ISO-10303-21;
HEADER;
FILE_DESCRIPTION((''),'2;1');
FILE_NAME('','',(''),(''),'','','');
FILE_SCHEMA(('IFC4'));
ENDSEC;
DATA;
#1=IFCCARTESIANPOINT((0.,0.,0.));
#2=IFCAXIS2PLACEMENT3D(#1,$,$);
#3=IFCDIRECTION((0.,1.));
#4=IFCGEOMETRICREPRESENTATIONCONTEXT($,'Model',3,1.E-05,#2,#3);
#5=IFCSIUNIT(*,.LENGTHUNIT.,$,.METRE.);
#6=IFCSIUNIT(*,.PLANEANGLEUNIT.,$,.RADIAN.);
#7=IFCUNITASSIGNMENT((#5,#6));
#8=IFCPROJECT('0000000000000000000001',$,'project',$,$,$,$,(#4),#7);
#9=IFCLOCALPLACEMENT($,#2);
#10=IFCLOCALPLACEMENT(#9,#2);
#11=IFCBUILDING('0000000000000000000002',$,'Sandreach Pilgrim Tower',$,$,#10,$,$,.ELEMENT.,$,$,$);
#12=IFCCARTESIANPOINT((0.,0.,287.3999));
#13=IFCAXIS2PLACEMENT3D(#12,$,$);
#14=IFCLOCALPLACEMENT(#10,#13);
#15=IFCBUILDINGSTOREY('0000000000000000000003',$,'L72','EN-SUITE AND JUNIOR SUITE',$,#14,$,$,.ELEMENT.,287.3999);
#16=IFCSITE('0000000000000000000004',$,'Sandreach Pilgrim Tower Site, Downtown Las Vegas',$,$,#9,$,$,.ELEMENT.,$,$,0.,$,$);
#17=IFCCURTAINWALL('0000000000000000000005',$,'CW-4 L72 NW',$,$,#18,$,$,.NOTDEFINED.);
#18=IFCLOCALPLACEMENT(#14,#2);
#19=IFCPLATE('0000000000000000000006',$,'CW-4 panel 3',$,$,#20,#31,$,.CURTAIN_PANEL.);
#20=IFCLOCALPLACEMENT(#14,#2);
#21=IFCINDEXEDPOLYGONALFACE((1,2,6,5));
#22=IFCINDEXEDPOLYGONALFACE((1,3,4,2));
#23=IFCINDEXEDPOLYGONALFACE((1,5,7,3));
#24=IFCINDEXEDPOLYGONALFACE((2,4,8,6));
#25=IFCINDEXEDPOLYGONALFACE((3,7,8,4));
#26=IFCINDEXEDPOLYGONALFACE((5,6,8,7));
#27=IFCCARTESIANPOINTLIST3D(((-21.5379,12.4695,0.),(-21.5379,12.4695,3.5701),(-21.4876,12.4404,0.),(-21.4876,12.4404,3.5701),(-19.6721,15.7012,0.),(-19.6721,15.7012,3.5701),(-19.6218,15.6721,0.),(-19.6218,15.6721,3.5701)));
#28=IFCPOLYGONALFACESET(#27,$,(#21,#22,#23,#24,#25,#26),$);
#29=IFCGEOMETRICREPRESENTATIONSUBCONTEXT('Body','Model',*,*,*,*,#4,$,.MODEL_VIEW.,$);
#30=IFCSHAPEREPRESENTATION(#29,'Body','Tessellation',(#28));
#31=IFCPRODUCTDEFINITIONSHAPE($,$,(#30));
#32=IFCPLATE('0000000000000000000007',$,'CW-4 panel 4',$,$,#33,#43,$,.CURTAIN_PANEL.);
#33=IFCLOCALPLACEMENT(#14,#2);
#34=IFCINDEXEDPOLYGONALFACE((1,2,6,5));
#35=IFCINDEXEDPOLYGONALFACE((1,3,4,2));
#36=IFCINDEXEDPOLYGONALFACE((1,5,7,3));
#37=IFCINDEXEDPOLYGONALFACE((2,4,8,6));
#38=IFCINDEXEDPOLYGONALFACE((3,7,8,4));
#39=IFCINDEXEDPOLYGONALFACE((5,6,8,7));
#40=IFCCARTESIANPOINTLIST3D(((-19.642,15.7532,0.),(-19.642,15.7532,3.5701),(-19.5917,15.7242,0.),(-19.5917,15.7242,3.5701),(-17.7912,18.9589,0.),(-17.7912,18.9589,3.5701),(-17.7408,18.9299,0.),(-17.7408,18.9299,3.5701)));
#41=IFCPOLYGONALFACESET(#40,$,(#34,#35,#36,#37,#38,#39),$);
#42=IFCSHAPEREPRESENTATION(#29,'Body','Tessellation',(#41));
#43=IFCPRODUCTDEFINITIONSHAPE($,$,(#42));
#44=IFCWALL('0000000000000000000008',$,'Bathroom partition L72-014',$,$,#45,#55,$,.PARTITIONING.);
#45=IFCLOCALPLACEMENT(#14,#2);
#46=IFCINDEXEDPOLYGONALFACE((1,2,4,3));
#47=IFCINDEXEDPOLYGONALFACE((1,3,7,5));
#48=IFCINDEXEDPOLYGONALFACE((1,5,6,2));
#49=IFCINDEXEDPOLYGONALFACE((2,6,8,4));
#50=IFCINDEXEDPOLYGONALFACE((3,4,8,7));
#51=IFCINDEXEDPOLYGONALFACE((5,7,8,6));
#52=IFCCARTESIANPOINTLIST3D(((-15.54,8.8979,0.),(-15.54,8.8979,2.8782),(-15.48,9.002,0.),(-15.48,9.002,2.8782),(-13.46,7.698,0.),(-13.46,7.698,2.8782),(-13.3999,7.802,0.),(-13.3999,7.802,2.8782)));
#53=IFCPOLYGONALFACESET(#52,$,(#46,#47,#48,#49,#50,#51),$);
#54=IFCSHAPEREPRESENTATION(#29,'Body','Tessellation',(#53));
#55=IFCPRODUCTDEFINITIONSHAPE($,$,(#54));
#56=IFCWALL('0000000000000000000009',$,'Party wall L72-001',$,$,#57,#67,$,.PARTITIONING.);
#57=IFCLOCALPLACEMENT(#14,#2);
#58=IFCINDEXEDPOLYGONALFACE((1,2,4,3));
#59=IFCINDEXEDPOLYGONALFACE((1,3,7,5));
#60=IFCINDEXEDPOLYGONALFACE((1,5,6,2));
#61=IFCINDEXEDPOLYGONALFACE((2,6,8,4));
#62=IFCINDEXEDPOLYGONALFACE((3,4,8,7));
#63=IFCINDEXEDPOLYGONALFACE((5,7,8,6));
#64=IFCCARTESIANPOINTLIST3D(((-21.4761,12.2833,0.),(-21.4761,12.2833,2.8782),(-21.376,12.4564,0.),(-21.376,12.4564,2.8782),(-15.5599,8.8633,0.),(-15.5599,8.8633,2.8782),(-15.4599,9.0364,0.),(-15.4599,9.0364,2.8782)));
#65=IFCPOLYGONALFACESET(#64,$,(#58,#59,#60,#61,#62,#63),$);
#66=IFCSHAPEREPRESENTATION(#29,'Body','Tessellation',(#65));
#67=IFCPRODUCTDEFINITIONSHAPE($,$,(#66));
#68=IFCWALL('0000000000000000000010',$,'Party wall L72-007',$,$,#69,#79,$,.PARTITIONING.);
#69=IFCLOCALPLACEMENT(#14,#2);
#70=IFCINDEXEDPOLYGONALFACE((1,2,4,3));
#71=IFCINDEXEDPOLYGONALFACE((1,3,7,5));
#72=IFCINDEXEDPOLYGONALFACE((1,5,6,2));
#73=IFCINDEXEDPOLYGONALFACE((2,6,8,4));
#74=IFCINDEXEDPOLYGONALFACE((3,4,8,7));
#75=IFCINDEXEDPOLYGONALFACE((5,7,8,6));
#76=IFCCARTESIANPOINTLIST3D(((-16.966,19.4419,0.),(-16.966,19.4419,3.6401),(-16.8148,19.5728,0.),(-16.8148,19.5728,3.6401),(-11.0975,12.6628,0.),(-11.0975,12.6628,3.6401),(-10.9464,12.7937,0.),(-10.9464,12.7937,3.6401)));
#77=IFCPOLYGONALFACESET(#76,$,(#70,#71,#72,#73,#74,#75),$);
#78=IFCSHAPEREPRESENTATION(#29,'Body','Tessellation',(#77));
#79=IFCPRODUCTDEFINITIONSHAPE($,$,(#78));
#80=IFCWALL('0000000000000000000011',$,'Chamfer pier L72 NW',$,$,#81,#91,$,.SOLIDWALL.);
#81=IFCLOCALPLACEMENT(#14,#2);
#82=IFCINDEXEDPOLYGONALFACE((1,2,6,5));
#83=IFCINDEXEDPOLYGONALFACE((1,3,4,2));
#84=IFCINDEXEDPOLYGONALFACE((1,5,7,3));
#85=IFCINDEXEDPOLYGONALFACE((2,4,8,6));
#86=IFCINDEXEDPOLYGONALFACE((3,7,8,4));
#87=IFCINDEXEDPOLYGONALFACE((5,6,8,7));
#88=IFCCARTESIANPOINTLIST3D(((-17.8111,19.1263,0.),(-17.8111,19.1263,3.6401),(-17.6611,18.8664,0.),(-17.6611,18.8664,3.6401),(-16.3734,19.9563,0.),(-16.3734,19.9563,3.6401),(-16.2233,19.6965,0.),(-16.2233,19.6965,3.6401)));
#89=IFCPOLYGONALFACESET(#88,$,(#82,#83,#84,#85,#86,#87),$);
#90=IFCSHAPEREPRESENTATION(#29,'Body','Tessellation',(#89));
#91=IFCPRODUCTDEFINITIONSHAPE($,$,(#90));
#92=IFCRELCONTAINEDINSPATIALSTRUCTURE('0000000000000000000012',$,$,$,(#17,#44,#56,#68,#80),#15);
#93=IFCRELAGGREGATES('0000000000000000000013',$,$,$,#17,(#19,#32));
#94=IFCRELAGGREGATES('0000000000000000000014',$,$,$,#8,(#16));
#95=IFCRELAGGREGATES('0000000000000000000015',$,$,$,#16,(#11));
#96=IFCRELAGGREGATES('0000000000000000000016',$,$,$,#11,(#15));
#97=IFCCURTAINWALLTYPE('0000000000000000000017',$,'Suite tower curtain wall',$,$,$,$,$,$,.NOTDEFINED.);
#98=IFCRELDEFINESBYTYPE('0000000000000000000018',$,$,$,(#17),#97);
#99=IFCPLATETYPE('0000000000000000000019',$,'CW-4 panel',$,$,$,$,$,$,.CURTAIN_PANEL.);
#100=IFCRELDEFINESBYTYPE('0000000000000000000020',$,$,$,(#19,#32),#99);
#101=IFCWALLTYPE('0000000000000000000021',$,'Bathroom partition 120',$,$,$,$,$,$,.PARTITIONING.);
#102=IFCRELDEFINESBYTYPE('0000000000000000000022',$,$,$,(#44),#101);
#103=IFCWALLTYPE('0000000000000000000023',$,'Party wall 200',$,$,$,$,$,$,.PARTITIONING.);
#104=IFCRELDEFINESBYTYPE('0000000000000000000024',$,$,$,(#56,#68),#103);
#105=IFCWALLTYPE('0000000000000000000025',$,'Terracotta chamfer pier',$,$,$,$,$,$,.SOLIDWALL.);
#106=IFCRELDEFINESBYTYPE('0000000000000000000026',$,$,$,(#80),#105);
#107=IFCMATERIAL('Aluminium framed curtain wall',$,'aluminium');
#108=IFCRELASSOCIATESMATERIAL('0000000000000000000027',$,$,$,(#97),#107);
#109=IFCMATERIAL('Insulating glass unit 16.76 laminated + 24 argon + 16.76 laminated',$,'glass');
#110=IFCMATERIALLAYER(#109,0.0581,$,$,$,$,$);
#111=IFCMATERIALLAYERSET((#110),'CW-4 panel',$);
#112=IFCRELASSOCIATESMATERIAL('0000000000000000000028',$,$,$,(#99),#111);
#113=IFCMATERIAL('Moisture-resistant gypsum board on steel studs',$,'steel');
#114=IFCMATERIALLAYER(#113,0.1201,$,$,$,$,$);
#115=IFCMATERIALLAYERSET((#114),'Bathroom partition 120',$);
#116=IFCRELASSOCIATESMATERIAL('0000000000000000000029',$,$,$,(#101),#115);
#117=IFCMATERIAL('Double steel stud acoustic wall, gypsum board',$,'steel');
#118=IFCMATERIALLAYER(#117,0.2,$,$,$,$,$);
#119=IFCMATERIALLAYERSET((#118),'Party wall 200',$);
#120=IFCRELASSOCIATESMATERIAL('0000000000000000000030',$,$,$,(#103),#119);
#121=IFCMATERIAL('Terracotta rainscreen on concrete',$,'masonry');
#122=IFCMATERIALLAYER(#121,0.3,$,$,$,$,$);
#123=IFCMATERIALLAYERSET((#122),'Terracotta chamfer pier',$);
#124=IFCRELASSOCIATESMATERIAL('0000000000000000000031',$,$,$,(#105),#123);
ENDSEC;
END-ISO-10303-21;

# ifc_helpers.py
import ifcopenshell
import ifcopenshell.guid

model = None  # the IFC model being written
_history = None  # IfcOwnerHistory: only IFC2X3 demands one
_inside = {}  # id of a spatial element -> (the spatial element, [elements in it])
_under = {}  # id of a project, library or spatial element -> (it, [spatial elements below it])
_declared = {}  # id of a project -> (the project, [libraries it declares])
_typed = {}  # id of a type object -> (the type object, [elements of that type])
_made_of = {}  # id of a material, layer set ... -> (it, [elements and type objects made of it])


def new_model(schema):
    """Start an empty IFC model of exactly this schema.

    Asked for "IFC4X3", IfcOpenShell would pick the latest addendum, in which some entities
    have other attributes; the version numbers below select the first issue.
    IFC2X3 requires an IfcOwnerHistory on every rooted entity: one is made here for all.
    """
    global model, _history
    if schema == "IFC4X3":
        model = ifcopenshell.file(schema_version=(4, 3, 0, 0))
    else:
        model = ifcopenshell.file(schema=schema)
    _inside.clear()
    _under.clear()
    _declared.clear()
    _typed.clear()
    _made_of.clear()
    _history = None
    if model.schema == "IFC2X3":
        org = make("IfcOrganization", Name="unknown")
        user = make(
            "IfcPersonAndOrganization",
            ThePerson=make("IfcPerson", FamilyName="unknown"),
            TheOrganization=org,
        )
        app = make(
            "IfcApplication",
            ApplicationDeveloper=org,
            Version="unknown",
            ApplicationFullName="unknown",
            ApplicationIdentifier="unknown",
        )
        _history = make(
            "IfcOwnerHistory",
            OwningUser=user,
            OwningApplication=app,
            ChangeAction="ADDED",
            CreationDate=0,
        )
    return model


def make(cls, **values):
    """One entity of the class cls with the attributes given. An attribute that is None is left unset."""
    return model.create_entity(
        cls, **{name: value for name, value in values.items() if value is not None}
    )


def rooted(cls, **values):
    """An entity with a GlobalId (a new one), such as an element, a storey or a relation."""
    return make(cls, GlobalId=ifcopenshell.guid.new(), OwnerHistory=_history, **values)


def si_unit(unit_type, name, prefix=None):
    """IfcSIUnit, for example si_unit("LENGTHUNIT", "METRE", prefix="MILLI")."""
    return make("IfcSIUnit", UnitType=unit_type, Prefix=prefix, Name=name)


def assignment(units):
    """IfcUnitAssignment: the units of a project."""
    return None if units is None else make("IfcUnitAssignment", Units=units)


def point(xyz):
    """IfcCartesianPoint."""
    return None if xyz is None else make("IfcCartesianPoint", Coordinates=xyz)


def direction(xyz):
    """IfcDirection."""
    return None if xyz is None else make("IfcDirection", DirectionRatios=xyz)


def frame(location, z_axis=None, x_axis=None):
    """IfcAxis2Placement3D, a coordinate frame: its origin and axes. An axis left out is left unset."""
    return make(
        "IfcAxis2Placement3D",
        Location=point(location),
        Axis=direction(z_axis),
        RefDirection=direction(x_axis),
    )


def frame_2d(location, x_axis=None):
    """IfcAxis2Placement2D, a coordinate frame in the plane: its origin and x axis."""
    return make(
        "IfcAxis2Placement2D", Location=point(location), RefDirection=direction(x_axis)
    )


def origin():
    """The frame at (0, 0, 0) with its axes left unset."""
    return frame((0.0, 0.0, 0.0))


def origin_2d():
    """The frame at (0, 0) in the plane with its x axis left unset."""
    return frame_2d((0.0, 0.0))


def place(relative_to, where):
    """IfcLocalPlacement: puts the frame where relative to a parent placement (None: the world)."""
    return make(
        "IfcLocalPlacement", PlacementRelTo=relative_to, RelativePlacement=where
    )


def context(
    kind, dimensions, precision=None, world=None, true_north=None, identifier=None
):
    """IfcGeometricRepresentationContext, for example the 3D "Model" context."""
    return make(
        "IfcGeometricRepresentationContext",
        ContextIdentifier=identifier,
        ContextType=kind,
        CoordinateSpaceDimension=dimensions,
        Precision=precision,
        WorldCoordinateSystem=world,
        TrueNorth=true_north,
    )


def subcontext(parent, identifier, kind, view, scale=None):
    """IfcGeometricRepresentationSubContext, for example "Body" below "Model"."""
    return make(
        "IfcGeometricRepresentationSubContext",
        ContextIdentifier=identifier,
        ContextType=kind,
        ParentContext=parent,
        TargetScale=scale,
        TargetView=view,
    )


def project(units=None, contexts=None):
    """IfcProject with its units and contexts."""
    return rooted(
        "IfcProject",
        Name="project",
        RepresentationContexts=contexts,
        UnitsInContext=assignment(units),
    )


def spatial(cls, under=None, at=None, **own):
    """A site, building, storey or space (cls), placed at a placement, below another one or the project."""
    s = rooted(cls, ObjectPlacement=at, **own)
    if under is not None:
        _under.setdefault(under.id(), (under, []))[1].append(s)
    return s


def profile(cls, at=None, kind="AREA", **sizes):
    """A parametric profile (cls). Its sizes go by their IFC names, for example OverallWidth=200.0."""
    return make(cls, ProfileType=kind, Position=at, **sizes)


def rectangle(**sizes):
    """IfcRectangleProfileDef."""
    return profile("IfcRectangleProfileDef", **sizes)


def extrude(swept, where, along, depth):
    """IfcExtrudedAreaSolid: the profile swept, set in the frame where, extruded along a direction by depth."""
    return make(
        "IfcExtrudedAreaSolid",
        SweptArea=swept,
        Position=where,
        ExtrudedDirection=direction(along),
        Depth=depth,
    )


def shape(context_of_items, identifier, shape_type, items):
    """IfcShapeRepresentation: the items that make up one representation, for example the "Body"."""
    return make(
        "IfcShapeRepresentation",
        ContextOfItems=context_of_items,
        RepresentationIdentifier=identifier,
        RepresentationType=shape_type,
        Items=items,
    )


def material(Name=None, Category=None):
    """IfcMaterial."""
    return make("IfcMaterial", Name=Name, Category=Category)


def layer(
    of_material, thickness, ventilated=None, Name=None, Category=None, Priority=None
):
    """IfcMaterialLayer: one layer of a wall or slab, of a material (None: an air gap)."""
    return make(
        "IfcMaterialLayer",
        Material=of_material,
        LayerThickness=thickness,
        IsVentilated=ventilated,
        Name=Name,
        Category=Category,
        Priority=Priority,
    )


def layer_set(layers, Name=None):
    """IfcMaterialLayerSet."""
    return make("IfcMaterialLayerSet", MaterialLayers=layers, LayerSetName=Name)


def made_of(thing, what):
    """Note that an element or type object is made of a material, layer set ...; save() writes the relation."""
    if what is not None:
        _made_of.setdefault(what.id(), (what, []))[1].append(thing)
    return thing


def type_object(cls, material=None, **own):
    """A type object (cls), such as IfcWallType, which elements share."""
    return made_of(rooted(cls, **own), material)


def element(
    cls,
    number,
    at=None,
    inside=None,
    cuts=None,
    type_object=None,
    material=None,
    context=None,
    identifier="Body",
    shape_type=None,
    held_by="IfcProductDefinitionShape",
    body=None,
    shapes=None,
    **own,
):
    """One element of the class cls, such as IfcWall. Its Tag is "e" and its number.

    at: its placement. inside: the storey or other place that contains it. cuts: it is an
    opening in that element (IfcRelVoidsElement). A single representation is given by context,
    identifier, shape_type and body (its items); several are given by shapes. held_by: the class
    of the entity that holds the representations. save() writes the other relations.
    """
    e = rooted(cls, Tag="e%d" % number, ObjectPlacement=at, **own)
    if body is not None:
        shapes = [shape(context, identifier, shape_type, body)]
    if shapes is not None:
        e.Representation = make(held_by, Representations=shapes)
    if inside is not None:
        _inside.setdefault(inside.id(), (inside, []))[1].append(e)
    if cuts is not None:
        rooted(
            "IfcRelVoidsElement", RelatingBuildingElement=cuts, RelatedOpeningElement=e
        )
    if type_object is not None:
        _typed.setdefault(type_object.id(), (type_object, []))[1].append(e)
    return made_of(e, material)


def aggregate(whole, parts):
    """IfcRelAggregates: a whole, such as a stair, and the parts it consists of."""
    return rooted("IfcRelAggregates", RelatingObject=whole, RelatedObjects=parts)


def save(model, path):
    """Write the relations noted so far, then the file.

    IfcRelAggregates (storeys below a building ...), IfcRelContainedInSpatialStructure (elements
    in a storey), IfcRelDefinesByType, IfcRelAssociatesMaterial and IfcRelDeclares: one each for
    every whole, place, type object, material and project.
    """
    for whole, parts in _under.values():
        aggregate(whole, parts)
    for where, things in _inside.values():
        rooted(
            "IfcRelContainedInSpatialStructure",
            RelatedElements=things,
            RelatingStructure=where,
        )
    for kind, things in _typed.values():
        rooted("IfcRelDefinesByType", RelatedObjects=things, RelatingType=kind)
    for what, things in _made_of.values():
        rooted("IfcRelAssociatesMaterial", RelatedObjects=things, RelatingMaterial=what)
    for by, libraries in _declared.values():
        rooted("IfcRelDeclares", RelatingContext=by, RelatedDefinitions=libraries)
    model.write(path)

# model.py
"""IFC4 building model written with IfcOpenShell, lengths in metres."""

from ifc_helpers import new_model, si_unit, direction, frame, frame_2d, origin, origin_2d, place, context, subcontext, project, spatial, rectangle, extrude, material, layer, layer_set, type_object, element, aggregate, save


model = new_model("IFC4")

# Units and contexts
model_context = context("Model", 3, precision=1e-05, world=origin(), true_north=direction((0.0, 1.0)))
body_context = subcontext(model_context, "Body", "Model", "MODEL_VIEW")
ifc_project = project(units=[si_unit("LENGTHUNIT", "METRE"), si_unit("PLANEANGLEUNIT", "RADIAN")], contexts=[model_context])

# Site, building, storey
site_placement = place(None, origin())
site = spatial("IfcSite", under=ifc_project, at=site_placement, Name="Sandreach Pilgrim Tower Site, Downtown Las Vegas", CompositionType="ELEMENT", RefElevation=0.0)
building_placement = place(site_placement, origin())
building = spatial("IfcBuilding", under=site, at=building_placement, Name="Sandreach Pilgrim Tower", CompositionType="ELEMENT")
storey_placement = place(building_placement, frame((0.0, 0.0, 287.3999)))
storey = spatial("IfcBuildingStorey", under=building, at=storey_placement, Name="L72", Description="EN-SUITE AND JUNIOR SUITE", CompositionType="ELEMENT", Elevation=287.3999)

# Shared definitions
ifc_material_1 = material(Name="Aluminium framed curtain wall", Category="aluminium")
curtain_wall_type = type_object("IfcCurtainWallType", Name="Suite tower curtain wall", PredefinedType="NOTDEFINED", material=ifc_material_1)

# Curtain wall
curtain_wall_1_placement = place(storey_placement, origin())
curtain_wall_1 = element("IfcCurtainWall", 1, at=curtain_wall_1_placement, inside=storey, type_object=curtain_wall_type, Name="CW-4 L72 NW", PredefinedType="NOTDEFINED")

# Plates
ifc_material_2 = material(Name="Insulating glass unit 16.76 laminated + 24 argon + 16.76 laminated", Category="glass")
ifc_layer_1 = layer(ifc_material_2, 0.0581)
ifc_layer_set_1 = layer_set([ifc_layer_1], Name="CW-4 panel")
plate_type = type_object("IfcPlateType", Name="CW-4 panel", PredefinedType="CURTAIN_PANEL", material=ifc_layer_set_1)
plate_1_placement = place(storey_placement, frame((-20.5798, 14.0708, 0.0), z_axis=(0.0, 0.0, 1.0), x_axis=(0.5, 0.866025, 0.0)))
plate_1 = element("IfcPlate", 2, at=plate_1_placement, type_object=plate_type, Name="CW-4 panel 3", PredefinedType="CURTAIN_PANEL", context=body_context, shape_type="SweptSolid", body=[
    extrude(rectangle(XDim=3.7317, YDim=0.0581, at=origin_2d()), origin(), (0.0, 0.0, 1.0), 3.5701),
])
plate_2_placement = place(storey_placement, frame((-18.6914, 17.3416, 0.0), z_axis=(0.0, 0.0, 1.0), x_axis=(0.5, 0.866025, 0.0)))
plate_2 = element("IfcPlate", 3, at=plate_2_placement, type_object=plate_type, Name="CW-4 panel 4", PredefinedType="CURTAIN_PANEL", context=body_context, shape_type="SweptSolid", body=[
    extrude(rectangle(XDim=3.7017, YDim=0.0581, at=origin_2d()), origin(), (0.0, 0.0, 1.0), 3.5701),
])
aggregate(curtain_wall_1, [plate_1, plate_2])

# Walls
ifc_material_3 = material(Name="Moisture-resistant gypsum board on steel studs", Category="steel")
ifc_layer_2 = layer(ifc_material_3, 0.1201)
ifc_layer_set_2 = layer_set([ifc_layer_2], Name="Bathroom partition 120")
wall_type_1 = type_object("IfcWallType", Name="Bathroom partition 120", PredefinedType="PARTITIONING", material=ifc_layer_set_2)
wall_1_placement = place(storey_placement, frame((-15.51, 8.95, 0.0), z_axis=(0.0, 0.0, 1.0), x_axis=(0.866203, -0.499693, 0.0)))
element("IfcWall", 4, at=wall_1_placement, inside=storey, type_object=wall_type_1, Name="Bathroom partition L72-014", PredefinedType="PARTITIONING", context=body_context, shape_type="SweptSolid", body=[
    extrude(rectangle(XDim=2.4014, YDim=0.1201, at=frame_2d((1.2007, 0.0))), origin(), (0.0, 0.0, 1.0), 2.8782),
])
ifc_material_4 = material(Name="Double steel stud acoustic wall, gypsum board", Category="steel")
ifc_layer_3 = layer(ifc_material_4, 0.2)
ifc_layer_set_3 = layer_set([ifc_layer_3], Name="Party wall 200")
wall_type_2 = type_object("IfcWallType", Name="Party wall 200", PredefinedType="PARTITIONING", material=ifc_layer_set_3)
wall_2_placement = place(storey_placement, frame((-21.426, 12.3699, 0.0), z_axis=(0.0, 0.0, 1.0), x_axis=(0.865752, -0.500473, 0.0)))
element("IfcWall", 5, at=wall_2_placement, inside=storey, type_object=wall_type_2, Name="Party wall L72-001", PredefinedType="PARTITIONING", context=body_context, shape_type="SweptSolid", body=[
    extrude(rectangle(XDim=6.8335, YDim=0.2, at=frame_2d((3.4167, 0.0))), origin(), (0.0, 0.0, 1.0), 2.8782),
])
wall_3_placement = place(storey_placement, frame((-16.8904, 19.5073, 0.0), z_axis=(0.0, 0.0, 1.0), x_axis=(0.654499, -0.756063, 0.0)))
element("IfcWall", 6, at=wall_3_placement, inside=storey, type_object=wall_type_2, Name="Party wall L72-007", PredefinedType="PARTITIONING", context=body_context, shape_type="SweptSolid", body=[
    extrude(rectangle(XDim=8.9663, YDim=0.2, at=frame_2d((4.4832, 0.0))), origin(), (0.0, 0.0, 1.0), 3.6401),
])
ifc_material_5 = material(Name="Terracotta rainscreen on concrete", Category="masonry")
ifc_layer_4 = layer(ifc_material_5, 0.3)
ifc_layer_set_4 = layer_set([ifc_layer_4], Name="Terracotta chamfer pier")
wall_type_3 = type_object("IfcWallType", Name="Terracotta chamfer pier", PredefinedType="SOLIDWALL", material=ifc_layer_set_4)
wall_4_placement = place(storey_placement, frame((-17.7361, 18.9963, 0.0), z_axis=(0.0, 0.0, 1.0), x_axis=(0.866026, 0.499998, 0.0)))
element("IfcWall", 7, at=wall_4_placement, inside=storey, type_object=wall_type_3, Name="Chamfer pier L72 NW", PredefinedType="SOLIDWALL", context=body_context, shape_type="SweptSolid", body=[
    extrude(rectangle(XDim=1.6602, YDim=0.3, at=frame_2d((0.8301, 0.0))), origin(), (0.0, 0.0, 1.0), 3.6401),
])

save(model, "model.ifc")
